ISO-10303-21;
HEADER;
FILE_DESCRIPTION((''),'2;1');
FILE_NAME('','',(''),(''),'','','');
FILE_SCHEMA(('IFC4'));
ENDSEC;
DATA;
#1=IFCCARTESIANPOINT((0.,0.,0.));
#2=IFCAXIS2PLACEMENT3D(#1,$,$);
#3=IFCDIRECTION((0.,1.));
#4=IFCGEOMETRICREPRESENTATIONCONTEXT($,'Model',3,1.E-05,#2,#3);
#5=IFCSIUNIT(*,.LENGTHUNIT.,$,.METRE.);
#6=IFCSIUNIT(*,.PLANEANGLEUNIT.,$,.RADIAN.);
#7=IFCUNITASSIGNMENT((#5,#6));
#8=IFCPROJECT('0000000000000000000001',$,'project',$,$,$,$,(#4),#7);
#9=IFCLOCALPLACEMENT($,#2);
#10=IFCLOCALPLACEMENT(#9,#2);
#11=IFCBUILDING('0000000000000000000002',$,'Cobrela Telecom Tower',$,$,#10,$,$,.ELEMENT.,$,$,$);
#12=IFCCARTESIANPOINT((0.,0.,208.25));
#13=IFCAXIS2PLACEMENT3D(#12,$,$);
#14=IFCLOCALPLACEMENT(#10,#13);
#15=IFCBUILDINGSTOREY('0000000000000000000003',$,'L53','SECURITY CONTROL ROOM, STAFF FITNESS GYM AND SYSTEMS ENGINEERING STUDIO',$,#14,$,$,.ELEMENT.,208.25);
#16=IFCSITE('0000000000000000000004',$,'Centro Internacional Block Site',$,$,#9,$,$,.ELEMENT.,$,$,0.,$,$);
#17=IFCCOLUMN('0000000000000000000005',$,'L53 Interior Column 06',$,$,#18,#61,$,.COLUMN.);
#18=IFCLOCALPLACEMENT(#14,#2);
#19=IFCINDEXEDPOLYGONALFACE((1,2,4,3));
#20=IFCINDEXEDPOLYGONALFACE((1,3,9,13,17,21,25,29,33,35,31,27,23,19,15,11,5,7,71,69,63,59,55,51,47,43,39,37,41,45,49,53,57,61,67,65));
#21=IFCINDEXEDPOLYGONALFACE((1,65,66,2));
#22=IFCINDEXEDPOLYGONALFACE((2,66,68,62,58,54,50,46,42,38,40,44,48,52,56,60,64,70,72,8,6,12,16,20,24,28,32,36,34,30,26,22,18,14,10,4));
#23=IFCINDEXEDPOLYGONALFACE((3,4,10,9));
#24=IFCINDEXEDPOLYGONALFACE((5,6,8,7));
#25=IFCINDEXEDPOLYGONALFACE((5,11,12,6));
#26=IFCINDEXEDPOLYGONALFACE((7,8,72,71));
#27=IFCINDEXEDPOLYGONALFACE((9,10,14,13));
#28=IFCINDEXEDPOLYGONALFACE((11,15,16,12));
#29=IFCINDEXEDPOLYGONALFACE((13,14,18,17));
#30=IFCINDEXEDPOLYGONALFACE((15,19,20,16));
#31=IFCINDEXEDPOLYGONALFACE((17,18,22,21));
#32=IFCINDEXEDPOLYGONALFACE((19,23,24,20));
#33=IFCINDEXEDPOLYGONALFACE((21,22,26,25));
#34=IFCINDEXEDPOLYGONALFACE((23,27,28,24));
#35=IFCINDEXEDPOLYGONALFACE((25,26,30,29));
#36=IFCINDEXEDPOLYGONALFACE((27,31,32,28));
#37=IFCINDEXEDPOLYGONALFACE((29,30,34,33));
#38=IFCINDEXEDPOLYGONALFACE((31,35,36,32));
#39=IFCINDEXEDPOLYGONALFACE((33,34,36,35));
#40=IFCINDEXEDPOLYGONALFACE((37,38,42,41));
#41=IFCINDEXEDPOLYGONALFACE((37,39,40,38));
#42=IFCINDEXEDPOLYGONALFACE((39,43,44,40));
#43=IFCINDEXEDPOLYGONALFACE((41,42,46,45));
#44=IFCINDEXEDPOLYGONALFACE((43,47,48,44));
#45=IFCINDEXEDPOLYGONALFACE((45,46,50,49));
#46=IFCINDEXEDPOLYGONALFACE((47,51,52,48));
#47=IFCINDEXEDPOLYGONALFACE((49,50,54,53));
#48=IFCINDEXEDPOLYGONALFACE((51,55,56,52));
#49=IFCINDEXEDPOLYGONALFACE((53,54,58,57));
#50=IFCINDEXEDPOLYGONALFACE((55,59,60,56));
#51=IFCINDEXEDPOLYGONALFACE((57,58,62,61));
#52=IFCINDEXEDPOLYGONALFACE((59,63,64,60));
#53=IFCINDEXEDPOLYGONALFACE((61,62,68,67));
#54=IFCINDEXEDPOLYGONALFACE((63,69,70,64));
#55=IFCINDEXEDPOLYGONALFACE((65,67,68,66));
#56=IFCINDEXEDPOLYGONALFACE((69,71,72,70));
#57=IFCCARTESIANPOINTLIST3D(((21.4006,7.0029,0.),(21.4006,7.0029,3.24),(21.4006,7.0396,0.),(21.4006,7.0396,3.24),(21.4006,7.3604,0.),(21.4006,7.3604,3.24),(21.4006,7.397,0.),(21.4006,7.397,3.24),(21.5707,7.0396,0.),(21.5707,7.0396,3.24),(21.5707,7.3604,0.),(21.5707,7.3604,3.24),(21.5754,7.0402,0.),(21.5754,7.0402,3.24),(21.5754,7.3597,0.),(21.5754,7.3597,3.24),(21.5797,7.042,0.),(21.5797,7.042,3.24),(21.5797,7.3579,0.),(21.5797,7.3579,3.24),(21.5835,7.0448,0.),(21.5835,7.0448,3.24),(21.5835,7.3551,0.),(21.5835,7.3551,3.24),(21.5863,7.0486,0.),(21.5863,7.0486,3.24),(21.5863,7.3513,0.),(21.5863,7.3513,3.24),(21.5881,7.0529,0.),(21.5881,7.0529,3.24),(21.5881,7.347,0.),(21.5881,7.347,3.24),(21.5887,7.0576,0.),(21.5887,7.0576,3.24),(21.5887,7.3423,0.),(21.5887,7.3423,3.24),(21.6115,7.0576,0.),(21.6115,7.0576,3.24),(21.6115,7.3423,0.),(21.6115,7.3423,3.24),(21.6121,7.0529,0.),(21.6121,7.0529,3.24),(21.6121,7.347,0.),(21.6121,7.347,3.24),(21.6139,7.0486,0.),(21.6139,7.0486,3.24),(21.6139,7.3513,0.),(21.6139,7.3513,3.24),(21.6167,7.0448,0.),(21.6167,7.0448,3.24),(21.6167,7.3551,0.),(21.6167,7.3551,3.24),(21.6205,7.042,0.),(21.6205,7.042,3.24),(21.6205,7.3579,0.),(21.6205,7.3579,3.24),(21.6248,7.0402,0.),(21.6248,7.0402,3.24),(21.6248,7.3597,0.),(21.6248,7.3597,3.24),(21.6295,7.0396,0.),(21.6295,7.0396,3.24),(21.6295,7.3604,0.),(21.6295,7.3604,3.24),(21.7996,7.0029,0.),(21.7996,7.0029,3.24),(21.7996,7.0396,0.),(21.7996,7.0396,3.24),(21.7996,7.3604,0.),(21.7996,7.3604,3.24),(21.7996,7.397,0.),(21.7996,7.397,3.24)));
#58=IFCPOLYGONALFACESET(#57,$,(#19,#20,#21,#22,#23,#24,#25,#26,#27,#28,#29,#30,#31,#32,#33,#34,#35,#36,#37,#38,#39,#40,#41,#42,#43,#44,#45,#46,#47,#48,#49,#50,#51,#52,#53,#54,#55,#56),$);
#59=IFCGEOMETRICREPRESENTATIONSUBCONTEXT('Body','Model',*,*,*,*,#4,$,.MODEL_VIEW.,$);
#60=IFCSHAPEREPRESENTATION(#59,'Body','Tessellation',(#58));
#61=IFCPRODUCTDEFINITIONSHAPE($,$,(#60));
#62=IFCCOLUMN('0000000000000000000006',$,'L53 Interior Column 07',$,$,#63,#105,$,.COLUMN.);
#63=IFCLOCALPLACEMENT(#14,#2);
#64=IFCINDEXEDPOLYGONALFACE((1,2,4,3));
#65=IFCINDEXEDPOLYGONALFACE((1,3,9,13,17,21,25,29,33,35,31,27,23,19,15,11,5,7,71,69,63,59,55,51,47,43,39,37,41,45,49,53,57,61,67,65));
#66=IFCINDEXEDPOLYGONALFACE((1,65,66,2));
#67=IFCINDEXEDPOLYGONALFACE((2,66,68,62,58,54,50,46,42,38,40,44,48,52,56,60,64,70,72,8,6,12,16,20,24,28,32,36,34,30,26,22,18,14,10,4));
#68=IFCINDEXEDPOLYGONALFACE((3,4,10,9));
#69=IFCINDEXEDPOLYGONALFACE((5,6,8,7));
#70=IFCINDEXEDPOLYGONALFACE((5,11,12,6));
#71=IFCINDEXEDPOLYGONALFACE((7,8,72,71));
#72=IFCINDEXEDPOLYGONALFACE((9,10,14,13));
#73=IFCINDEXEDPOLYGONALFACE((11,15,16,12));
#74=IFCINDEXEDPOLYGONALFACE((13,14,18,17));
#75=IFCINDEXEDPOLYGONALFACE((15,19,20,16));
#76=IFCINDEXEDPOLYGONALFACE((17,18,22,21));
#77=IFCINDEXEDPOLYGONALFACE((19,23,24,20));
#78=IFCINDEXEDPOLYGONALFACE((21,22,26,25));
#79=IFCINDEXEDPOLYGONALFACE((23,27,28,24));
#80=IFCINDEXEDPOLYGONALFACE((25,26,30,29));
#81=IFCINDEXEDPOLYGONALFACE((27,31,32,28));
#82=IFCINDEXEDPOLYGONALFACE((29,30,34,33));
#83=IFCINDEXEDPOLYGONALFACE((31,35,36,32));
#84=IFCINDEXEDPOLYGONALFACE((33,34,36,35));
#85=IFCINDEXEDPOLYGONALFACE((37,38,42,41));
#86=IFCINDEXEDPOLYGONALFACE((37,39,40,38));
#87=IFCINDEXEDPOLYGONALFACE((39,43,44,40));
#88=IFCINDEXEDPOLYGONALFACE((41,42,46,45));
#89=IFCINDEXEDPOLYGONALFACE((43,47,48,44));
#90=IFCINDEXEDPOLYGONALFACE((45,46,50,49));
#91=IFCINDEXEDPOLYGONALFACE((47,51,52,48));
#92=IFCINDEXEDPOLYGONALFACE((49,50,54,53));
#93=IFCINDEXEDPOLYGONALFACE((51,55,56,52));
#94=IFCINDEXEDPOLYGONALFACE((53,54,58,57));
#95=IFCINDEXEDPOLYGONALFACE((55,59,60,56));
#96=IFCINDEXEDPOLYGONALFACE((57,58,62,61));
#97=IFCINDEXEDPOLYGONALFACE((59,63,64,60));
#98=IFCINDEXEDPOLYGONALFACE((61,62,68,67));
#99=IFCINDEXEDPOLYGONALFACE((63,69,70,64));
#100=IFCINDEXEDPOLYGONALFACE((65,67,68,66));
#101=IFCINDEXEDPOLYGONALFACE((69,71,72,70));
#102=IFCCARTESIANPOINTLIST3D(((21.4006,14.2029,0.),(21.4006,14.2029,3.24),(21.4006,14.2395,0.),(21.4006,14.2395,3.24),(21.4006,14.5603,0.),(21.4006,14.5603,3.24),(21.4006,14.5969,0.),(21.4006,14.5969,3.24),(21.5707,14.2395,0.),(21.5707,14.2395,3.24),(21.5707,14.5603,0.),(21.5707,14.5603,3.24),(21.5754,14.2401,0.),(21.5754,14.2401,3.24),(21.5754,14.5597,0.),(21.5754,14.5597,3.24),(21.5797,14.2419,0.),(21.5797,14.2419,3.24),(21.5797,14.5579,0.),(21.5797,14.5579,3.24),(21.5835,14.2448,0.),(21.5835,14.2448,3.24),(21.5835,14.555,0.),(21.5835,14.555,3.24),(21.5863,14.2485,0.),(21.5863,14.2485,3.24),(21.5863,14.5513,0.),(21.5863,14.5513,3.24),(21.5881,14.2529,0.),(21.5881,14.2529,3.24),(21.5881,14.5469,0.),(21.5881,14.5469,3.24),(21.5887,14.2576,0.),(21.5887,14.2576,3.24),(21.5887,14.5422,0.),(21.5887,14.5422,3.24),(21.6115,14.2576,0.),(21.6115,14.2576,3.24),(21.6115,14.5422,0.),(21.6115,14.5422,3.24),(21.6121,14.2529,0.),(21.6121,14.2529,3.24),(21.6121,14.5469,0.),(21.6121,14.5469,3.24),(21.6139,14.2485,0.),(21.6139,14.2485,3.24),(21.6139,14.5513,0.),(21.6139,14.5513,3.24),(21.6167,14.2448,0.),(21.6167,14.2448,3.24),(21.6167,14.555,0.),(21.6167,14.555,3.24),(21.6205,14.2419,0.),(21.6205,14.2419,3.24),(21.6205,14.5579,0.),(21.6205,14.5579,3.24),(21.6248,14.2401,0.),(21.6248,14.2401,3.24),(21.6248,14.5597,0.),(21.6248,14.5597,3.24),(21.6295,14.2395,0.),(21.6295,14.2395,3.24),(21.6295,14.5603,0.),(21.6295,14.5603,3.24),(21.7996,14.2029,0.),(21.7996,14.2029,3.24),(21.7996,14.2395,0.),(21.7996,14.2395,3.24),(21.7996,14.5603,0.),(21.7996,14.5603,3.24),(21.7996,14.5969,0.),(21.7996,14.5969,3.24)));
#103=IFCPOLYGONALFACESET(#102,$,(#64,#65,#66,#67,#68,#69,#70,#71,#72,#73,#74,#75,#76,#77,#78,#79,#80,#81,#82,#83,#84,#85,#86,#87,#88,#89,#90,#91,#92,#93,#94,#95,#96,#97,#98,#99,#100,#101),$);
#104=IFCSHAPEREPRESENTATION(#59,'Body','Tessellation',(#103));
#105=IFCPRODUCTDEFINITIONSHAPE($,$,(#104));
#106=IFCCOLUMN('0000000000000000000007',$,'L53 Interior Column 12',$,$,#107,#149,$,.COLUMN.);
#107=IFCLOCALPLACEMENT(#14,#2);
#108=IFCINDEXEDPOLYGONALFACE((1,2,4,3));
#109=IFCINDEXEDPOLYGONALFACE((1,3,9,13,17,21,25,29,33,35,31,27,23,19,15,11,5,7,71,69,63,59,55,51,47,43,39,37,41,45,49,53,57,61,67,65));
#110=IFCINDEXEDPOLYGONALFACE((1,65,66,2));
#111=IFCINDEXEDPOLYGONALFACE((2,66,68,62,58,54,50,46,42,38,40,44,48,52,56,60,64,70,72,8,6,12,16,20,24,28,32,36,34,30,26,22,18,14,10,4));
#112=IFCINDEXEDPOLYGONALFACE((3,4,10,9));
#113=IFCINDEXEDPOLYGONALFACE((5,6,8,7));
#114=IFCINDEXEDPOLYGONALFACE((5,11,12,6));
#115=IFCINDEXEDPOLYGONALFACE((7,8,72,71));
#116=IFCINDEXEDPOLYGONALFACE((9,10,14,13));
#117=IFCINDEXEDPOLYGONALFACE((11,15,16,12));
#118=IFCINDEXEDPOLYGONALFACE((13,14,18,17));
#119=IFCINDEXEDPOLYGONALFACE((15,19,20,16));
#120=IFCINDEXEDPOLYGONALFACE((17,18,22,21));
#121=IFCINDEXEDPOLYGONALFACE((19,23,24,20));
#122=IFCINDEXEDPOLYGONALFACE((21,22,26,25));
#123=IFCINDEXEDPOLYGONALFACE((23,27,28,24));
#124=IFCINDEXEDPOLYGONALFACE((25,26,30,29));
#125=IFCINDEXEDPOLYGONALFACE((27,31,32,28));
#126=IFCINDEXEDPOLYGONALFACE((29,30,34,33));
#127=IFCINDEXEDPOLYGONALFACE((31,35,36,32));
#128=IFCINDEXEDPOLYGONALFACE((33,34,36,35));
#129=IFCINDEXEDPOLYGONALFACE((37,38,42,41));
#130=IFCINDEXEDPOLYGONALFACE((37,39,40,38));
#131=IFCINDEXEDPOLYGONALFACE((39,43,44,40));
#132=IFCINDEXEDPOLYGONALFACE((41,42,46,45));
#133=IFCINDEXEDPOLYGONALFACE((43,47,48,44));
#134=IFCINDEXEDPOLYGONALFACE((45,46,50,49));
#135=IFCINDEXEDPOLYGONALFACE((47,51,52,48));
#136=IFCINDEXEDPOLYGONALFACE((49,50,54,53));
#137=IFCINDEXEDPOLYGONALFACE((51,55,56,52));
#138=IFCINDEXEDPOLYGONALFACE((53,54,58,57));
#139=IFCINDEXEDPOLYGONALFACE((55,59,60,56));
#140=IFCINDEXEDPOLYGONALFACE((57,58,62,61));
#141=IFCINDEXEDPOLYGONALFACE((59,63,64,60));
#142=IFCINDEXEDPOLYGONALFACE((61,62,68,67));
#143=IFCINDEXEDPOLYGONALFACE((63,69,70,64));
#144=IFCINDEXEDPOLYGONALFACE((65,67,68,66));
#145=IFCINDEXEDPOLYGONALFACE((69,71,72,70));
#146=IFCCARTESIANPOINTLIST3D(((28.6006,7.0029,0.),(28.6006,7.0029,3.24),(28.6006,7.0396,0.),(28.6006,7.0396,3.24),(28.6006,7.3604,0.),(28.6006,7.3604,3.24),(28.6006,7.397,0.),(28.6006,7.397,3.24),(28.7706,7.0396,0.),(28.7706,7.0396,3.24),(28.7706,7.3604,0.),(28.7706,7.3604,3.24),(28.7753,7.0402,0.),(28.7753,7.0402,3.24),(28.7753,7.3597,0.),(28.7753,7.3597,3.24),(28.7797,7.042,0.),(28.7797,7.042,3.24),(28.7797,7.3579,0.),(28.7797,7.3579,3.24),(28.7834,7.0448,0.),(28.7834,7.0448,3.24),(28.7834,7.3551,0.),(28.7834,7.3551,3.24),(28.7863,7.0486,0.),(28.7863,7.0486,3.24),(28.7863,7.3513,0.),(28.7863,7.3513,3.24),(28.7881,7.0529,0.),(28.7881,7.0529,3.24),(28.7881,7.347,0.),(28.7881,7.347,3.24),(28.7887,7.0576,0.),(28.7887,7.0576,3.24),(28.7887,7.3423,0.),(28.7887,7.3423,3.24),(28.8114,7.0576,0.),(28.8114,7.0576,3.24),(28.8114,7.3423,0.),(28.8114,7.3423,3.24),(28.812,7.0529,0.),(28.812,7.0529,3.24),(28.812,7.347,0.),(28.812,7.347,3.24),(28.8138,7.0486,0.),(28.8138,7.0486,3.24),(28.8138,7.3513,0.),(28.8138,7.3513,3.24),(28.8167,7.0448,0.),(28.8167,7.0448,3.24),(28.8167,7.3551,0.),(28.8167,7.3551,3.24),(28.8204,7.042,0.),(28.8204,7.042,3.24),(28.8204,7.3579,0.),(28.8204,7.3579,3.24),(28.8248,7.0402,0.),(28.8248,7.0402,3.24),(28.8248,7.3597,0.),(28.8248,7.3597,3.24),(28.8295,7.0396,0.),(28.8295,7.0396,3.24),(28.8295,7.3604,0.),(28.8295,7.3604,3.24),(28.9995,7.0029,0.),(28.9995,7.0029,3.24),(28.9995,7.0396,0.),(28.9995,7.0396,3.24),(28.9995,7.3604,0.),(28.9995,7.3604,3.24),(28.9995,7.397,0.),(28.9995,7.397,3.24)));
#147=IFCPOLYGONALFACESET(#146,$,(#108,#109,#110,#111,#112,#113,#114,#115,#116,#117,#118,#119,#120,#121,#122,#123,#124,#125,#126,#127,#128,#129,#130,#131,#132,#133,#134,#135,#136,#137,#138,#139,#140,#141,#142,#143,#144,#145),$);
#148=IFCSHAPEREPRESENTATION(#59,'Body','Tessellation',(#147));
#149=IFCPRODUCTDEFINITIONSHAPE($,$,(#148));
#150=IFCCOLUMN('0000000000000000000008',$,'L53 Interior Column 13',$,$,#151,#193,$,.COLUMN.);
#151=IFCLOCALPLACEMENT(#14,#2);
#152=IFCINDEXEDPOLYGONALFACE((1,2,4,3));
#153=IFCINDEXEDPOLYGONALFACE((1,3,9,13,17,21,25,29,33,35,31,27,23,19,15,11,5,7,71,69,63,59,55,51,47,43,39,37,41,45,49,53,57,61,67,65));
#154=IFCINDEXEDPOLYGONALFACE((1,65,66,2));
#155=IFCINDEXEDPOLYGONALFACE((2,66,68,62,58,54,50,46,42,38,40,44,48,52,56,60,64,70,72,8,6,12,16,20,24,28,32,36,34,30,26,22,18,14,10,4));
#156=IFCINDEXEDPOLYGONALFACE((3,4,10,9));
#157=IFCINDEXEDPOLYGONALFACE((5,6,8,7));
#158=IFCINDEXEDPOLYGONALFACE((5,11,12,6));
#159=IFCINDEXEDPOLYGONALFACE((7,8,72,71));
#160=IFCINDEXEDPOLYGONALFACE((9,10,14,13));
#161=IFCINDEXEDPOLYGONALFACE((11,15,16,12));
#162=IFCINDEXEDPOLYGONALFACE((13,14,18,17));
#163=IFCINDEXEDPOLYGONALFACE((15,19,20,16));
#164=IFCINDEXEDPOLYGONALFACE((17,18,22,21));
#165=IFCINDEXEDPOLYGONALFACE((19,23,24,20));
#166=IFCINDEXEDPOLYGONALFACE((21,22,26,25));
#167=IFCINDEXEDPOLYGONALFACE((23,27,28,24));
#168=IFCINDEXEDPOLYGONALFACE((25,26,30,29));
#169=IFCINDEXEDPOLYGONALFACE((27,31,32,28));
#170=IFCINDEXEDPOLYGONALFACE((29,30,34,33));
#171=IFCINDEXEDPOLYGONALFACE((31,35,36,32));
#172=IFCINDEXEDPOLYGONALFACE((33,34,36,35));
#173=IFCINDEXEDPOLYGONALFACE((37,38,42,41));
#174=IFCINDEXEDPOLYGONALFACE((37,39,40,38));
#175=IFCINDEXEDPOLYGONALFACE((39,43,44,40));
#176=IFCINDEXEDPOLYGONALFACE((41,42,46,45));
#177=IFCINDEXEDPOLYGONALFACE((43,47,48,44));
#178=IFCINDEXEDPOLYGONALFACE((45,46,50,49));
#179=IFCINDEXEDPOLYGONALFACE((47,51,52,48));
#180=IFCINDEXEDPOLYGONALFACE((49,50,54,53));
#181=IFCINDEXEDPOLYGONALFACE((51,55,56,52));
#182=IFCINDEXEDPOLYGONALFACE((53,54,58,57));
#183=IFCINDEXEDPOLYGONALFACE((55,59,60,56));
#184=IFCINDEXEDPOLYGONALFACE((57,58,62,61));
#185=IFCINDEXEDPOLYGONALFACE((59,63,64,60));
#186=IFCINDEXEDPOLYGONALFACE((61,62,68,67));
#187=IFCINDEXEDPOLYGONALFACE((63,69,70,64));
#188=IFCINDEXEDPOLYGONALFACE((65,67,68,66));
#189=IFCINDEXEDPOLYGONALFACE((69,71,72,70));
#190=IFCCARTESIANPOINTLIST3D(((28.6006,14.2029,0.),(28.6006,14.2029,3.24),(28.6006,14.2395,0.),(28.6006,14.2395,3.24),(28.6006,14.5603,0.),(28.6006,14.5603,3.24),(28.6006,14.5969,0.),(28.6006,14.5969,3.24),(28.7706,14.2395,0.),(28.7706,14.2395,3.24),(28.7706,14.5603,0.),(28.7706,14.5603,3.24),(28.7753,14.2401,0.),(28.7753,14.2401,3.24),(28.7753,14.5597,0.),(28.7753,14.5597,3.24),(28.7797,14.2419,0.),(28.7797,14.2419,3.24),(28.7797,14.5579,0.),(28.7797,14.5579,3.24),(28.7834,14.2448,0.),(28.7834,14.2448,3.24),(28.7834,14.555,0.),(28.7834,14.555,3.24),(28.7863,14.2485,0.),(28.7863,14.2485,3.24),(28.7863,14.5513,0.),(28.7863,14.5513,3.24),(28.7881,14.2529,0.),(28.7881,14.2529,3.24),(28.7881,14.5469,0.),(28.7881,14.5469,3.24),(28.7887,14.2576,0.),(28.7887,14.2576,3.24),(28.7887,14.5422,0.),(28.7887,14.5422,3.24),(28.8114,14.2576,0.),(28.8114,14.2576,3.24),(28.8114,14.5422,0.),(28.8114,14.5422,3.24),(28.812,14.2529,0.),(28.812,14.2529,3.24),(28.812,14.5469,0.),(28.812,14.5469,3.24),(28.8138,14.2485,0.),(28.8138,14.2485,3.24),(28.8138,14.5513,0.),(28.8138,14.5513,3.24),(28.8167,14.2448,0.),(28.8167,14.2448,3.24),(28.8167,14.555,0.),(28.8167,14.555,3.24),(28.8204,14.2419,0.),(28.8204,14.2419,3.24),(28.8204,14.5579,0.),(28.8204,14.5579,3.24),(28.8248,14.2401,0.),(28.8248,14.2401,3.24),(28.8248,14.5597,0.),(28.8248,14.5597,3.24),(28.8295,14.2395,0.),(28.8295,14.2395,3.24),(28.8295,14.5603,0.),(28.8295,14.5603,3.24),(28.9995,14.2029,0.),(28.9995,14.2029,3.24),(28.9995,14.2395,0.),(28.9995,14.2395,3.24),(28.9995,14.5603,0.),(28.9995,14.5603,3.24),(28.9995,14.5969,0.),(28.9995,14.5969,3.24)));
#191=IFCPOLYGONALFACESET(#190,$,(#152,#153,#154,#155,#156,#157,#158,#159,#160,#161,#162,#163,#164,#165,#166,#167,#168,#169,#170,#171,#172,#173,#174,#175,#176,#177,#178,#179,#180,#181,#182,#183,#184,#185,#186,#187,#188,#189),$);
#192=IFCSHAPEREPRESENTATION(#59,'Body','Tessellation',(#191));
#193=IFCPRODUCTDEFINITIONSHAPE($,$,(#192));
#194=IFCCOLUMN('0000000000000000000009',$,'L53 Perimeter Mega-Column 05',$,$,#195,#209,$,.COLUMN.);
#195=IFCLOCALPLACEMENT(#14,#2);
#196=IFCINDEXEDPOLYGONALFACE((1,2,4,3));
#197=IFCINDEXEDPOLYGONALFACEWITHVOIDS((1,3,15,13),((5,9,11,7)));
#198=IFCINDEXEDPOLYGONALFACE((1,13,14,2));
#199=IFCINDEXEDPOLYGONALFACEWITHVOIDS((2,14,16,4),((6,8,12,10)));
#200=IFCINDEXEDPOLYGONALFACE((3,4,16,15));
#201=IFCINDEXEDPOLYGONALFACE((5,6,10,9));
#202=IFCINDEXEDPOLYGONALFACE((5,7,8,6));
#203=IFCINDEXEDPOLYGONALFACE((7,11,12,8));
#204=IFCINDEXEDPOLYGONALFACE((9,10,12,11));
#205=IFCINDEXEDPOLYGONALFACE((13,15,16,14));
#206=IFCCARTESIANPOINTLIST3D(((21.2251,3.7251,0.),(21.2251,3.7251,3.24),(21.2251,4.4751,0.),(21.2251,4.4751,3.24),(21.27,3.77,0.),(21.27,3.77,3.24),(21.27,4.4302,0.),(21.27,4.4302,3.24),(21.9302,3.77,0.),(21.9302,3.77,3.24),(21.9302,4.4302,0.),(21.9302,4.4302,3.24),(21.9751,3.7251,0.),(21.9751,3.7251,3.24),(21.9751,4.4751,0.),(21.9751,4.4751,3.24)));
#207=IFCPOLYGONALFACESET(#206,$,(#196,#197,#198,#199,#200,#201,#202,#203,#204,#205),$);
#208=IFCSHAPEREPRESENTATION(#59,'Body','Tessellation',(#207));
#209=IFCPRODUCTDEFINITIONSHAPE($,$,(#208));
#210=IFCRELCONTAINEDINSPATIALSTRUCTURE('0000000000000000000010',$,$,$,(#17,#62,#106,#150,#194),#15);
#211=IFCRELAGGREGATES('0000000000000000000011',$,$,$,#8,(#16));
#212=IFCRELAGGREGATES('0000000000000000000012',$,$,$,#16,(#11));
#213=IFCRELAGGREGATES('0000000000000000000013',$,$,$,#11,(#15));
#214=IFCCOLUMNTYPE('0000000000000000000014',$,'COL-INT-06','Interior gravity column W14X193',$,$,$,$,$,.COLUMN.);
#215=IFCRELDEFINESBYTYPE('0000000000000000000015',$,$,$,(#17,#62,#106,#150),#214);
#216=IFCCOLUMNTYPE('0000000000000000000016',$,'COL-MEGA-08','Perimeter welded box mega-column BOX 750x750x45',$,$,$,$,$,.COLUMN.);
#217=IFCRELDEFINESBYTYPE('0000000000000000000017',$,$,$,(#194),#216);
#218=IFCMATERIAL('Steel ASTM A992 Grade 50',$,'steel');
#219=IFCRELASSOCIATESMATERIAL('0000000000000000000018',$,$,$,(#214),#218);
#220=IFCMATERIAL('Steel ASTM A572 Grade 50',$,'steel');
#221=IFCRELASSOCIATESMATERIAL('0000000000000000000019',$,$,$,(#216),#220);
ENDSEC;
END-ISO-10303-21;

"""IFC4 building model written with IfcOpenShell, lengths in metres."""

from ifc_helpers import new_model, si_unit, direction, frame, origin, origin_2d, place, context, subcontext, project, spatial, hollow_rectangle, i_section, extrude, material, material_profile, profile_set, type_object, element, save


model = new_model("IFC4")

# Units and contexts
model_context = context("Model", 3, precision=1e-05, world=origin(), true_north=direction((0.0, 1.0)))
body_context = subcontext(model_context, "Body", "Model", "MODEL_VIEW")
ifc_project = project(units=[si_unit("LENGTHUNIT", "METRE"), si_unit("PLANEANGLEUNIT", "RADIAN")], contexts=[model_context])

# Site, building, storey
site_placement = place(None, origin())
site = spatial("IfcSite", under=ifc_project, at=site_placement, Name="Centro Internacional Block Site", CompositionType="ELEMENT", RefElevation=0.0)
building_placement = place(site_placement, origin())
building = spatial("IfcBuilding", under=site, at=building_placement, Name="Cobrela Telecom Tower", CompositionType="ELEMENT")
storey_placement = place(building_placement, frame((0.0, 0.0, 208.25)))
storey = spatial("IfcBuildingStorey", under=building, at=storey_placement, Name="L53", Description="SECURITY CONTROL ROOM, STAFF FITNESS GYM AND SYSTEMS ENGINEERING STUDIO", CompositionType="ELEMENT", Elevation=208.25)

# Columns
ifc_material_1 = material(Name="Steel ASTM A992 Grade 50", Category="steel")
ifc_material_profile_1 = material_profile(ifc_material_1, i_section(OverallWidth=0.3989, OverallDepth=0.394, WebThickness=0.0227, FlangeThickness=0.0366, FilletRadius=0.0181, at=origin_2d()), Name="W14X193")
ifc_profile_set_1 = profile_set([ifc_material_profile_1], Name="Steel ASTM A992 Grade 50")
column_type_1 = type_object("IfcColumnType", Name="COL-INT-06", Description="Interior gravity column W14X193", PredefinedType="COLUMN", material=ifc_profile_set_1)
for number, where, z_axis, x_axis, name in (
    (1, (21.6001, 7.2, 0.0), (0.0, 0.0, 1.0), (1.0, 0.0, 0.0), "L53 Interior Column 06"),
    (2, (21.6001, 14.3999, 0.0), (0.0, 0.0, 1.0), (1.0, 0.0, 0.0), "L53 Interior Column 07"),
    (3, (28.8, 7.2, 0.0), (0.0, 0.0, 1.0), (1.0, 0.0, 0.0), "L53 Interior Column 12"),
    (4, (28.8, 14.3999, 0.0), (0.0, 0.0, 1.0), (1.0, 0.0, 0.0), "L53 Interior Column 13"),
):
    element("IfcColumn", number, at=place(storey_placement, frame(where, z_axis=z_axis, x_axis=x_axis)), inside=storey, type_object=column_type_1, Name=name, PredefinedType="COLUMN", context=body_context, shape_type="SweptSolid", body=[
        extrude(i_section(OverallWidth=0.3989, OverallDepth=0.394, WebThickness=0.0227, FlangeThickness=0.0366, FilletRadius=0.0181, at=origin_2d()), origin(), (0.0, 0.0, 1.0), 3.24),
    ])
ifc_material_2 = material(Name="Steel ASTM A572 Grade 50", Category="steel")
ifc_material_profile_2 = material_profile(ifc_material_2, hollow_rectangle(XDim=0.75, YDim=0.75, WallThickness=0.0449, at=origin_2d()), Name="BOX 750x750x45")
ifc_profile_set_2 = profile_set([ifc_material_profile_2], Name="Steel ASTM A572 Grade 50")
column_type_2 = type_object("IfcColumnType", Name="COL-MEGA-08", Description="Perimeter welded box mega-column BOX 750x750x45", PredefinedType="COLUMN", material=ifc_profile_set_2)
for number, where, z_axis, x_axis, name in (
    (5, (21.6001, 4.1001, 0.0), (0.0, 0.0, 1.0), (1.0, 0.0, 0.0), "L53 Perimeter Mega-Column 05"),
):
    element("IfcColumn", number, at=place(storey_placement, frame(where, z_axis=z_axis, x_axis=x_axis)), inside=storey, type_object=column_type_2, Name=name, PredefinedType="COLUMN", context=body_context, shape_type="SweptSolid", body=[
        extrude(hollow_rectangle(XDim=0.75, YDim=0.75, WallThickness=0.0449, at=origin_2d()), origin(), (0.0, 0.0, 1.0), 3.24),
    ])

save(model, "model.ifc")
